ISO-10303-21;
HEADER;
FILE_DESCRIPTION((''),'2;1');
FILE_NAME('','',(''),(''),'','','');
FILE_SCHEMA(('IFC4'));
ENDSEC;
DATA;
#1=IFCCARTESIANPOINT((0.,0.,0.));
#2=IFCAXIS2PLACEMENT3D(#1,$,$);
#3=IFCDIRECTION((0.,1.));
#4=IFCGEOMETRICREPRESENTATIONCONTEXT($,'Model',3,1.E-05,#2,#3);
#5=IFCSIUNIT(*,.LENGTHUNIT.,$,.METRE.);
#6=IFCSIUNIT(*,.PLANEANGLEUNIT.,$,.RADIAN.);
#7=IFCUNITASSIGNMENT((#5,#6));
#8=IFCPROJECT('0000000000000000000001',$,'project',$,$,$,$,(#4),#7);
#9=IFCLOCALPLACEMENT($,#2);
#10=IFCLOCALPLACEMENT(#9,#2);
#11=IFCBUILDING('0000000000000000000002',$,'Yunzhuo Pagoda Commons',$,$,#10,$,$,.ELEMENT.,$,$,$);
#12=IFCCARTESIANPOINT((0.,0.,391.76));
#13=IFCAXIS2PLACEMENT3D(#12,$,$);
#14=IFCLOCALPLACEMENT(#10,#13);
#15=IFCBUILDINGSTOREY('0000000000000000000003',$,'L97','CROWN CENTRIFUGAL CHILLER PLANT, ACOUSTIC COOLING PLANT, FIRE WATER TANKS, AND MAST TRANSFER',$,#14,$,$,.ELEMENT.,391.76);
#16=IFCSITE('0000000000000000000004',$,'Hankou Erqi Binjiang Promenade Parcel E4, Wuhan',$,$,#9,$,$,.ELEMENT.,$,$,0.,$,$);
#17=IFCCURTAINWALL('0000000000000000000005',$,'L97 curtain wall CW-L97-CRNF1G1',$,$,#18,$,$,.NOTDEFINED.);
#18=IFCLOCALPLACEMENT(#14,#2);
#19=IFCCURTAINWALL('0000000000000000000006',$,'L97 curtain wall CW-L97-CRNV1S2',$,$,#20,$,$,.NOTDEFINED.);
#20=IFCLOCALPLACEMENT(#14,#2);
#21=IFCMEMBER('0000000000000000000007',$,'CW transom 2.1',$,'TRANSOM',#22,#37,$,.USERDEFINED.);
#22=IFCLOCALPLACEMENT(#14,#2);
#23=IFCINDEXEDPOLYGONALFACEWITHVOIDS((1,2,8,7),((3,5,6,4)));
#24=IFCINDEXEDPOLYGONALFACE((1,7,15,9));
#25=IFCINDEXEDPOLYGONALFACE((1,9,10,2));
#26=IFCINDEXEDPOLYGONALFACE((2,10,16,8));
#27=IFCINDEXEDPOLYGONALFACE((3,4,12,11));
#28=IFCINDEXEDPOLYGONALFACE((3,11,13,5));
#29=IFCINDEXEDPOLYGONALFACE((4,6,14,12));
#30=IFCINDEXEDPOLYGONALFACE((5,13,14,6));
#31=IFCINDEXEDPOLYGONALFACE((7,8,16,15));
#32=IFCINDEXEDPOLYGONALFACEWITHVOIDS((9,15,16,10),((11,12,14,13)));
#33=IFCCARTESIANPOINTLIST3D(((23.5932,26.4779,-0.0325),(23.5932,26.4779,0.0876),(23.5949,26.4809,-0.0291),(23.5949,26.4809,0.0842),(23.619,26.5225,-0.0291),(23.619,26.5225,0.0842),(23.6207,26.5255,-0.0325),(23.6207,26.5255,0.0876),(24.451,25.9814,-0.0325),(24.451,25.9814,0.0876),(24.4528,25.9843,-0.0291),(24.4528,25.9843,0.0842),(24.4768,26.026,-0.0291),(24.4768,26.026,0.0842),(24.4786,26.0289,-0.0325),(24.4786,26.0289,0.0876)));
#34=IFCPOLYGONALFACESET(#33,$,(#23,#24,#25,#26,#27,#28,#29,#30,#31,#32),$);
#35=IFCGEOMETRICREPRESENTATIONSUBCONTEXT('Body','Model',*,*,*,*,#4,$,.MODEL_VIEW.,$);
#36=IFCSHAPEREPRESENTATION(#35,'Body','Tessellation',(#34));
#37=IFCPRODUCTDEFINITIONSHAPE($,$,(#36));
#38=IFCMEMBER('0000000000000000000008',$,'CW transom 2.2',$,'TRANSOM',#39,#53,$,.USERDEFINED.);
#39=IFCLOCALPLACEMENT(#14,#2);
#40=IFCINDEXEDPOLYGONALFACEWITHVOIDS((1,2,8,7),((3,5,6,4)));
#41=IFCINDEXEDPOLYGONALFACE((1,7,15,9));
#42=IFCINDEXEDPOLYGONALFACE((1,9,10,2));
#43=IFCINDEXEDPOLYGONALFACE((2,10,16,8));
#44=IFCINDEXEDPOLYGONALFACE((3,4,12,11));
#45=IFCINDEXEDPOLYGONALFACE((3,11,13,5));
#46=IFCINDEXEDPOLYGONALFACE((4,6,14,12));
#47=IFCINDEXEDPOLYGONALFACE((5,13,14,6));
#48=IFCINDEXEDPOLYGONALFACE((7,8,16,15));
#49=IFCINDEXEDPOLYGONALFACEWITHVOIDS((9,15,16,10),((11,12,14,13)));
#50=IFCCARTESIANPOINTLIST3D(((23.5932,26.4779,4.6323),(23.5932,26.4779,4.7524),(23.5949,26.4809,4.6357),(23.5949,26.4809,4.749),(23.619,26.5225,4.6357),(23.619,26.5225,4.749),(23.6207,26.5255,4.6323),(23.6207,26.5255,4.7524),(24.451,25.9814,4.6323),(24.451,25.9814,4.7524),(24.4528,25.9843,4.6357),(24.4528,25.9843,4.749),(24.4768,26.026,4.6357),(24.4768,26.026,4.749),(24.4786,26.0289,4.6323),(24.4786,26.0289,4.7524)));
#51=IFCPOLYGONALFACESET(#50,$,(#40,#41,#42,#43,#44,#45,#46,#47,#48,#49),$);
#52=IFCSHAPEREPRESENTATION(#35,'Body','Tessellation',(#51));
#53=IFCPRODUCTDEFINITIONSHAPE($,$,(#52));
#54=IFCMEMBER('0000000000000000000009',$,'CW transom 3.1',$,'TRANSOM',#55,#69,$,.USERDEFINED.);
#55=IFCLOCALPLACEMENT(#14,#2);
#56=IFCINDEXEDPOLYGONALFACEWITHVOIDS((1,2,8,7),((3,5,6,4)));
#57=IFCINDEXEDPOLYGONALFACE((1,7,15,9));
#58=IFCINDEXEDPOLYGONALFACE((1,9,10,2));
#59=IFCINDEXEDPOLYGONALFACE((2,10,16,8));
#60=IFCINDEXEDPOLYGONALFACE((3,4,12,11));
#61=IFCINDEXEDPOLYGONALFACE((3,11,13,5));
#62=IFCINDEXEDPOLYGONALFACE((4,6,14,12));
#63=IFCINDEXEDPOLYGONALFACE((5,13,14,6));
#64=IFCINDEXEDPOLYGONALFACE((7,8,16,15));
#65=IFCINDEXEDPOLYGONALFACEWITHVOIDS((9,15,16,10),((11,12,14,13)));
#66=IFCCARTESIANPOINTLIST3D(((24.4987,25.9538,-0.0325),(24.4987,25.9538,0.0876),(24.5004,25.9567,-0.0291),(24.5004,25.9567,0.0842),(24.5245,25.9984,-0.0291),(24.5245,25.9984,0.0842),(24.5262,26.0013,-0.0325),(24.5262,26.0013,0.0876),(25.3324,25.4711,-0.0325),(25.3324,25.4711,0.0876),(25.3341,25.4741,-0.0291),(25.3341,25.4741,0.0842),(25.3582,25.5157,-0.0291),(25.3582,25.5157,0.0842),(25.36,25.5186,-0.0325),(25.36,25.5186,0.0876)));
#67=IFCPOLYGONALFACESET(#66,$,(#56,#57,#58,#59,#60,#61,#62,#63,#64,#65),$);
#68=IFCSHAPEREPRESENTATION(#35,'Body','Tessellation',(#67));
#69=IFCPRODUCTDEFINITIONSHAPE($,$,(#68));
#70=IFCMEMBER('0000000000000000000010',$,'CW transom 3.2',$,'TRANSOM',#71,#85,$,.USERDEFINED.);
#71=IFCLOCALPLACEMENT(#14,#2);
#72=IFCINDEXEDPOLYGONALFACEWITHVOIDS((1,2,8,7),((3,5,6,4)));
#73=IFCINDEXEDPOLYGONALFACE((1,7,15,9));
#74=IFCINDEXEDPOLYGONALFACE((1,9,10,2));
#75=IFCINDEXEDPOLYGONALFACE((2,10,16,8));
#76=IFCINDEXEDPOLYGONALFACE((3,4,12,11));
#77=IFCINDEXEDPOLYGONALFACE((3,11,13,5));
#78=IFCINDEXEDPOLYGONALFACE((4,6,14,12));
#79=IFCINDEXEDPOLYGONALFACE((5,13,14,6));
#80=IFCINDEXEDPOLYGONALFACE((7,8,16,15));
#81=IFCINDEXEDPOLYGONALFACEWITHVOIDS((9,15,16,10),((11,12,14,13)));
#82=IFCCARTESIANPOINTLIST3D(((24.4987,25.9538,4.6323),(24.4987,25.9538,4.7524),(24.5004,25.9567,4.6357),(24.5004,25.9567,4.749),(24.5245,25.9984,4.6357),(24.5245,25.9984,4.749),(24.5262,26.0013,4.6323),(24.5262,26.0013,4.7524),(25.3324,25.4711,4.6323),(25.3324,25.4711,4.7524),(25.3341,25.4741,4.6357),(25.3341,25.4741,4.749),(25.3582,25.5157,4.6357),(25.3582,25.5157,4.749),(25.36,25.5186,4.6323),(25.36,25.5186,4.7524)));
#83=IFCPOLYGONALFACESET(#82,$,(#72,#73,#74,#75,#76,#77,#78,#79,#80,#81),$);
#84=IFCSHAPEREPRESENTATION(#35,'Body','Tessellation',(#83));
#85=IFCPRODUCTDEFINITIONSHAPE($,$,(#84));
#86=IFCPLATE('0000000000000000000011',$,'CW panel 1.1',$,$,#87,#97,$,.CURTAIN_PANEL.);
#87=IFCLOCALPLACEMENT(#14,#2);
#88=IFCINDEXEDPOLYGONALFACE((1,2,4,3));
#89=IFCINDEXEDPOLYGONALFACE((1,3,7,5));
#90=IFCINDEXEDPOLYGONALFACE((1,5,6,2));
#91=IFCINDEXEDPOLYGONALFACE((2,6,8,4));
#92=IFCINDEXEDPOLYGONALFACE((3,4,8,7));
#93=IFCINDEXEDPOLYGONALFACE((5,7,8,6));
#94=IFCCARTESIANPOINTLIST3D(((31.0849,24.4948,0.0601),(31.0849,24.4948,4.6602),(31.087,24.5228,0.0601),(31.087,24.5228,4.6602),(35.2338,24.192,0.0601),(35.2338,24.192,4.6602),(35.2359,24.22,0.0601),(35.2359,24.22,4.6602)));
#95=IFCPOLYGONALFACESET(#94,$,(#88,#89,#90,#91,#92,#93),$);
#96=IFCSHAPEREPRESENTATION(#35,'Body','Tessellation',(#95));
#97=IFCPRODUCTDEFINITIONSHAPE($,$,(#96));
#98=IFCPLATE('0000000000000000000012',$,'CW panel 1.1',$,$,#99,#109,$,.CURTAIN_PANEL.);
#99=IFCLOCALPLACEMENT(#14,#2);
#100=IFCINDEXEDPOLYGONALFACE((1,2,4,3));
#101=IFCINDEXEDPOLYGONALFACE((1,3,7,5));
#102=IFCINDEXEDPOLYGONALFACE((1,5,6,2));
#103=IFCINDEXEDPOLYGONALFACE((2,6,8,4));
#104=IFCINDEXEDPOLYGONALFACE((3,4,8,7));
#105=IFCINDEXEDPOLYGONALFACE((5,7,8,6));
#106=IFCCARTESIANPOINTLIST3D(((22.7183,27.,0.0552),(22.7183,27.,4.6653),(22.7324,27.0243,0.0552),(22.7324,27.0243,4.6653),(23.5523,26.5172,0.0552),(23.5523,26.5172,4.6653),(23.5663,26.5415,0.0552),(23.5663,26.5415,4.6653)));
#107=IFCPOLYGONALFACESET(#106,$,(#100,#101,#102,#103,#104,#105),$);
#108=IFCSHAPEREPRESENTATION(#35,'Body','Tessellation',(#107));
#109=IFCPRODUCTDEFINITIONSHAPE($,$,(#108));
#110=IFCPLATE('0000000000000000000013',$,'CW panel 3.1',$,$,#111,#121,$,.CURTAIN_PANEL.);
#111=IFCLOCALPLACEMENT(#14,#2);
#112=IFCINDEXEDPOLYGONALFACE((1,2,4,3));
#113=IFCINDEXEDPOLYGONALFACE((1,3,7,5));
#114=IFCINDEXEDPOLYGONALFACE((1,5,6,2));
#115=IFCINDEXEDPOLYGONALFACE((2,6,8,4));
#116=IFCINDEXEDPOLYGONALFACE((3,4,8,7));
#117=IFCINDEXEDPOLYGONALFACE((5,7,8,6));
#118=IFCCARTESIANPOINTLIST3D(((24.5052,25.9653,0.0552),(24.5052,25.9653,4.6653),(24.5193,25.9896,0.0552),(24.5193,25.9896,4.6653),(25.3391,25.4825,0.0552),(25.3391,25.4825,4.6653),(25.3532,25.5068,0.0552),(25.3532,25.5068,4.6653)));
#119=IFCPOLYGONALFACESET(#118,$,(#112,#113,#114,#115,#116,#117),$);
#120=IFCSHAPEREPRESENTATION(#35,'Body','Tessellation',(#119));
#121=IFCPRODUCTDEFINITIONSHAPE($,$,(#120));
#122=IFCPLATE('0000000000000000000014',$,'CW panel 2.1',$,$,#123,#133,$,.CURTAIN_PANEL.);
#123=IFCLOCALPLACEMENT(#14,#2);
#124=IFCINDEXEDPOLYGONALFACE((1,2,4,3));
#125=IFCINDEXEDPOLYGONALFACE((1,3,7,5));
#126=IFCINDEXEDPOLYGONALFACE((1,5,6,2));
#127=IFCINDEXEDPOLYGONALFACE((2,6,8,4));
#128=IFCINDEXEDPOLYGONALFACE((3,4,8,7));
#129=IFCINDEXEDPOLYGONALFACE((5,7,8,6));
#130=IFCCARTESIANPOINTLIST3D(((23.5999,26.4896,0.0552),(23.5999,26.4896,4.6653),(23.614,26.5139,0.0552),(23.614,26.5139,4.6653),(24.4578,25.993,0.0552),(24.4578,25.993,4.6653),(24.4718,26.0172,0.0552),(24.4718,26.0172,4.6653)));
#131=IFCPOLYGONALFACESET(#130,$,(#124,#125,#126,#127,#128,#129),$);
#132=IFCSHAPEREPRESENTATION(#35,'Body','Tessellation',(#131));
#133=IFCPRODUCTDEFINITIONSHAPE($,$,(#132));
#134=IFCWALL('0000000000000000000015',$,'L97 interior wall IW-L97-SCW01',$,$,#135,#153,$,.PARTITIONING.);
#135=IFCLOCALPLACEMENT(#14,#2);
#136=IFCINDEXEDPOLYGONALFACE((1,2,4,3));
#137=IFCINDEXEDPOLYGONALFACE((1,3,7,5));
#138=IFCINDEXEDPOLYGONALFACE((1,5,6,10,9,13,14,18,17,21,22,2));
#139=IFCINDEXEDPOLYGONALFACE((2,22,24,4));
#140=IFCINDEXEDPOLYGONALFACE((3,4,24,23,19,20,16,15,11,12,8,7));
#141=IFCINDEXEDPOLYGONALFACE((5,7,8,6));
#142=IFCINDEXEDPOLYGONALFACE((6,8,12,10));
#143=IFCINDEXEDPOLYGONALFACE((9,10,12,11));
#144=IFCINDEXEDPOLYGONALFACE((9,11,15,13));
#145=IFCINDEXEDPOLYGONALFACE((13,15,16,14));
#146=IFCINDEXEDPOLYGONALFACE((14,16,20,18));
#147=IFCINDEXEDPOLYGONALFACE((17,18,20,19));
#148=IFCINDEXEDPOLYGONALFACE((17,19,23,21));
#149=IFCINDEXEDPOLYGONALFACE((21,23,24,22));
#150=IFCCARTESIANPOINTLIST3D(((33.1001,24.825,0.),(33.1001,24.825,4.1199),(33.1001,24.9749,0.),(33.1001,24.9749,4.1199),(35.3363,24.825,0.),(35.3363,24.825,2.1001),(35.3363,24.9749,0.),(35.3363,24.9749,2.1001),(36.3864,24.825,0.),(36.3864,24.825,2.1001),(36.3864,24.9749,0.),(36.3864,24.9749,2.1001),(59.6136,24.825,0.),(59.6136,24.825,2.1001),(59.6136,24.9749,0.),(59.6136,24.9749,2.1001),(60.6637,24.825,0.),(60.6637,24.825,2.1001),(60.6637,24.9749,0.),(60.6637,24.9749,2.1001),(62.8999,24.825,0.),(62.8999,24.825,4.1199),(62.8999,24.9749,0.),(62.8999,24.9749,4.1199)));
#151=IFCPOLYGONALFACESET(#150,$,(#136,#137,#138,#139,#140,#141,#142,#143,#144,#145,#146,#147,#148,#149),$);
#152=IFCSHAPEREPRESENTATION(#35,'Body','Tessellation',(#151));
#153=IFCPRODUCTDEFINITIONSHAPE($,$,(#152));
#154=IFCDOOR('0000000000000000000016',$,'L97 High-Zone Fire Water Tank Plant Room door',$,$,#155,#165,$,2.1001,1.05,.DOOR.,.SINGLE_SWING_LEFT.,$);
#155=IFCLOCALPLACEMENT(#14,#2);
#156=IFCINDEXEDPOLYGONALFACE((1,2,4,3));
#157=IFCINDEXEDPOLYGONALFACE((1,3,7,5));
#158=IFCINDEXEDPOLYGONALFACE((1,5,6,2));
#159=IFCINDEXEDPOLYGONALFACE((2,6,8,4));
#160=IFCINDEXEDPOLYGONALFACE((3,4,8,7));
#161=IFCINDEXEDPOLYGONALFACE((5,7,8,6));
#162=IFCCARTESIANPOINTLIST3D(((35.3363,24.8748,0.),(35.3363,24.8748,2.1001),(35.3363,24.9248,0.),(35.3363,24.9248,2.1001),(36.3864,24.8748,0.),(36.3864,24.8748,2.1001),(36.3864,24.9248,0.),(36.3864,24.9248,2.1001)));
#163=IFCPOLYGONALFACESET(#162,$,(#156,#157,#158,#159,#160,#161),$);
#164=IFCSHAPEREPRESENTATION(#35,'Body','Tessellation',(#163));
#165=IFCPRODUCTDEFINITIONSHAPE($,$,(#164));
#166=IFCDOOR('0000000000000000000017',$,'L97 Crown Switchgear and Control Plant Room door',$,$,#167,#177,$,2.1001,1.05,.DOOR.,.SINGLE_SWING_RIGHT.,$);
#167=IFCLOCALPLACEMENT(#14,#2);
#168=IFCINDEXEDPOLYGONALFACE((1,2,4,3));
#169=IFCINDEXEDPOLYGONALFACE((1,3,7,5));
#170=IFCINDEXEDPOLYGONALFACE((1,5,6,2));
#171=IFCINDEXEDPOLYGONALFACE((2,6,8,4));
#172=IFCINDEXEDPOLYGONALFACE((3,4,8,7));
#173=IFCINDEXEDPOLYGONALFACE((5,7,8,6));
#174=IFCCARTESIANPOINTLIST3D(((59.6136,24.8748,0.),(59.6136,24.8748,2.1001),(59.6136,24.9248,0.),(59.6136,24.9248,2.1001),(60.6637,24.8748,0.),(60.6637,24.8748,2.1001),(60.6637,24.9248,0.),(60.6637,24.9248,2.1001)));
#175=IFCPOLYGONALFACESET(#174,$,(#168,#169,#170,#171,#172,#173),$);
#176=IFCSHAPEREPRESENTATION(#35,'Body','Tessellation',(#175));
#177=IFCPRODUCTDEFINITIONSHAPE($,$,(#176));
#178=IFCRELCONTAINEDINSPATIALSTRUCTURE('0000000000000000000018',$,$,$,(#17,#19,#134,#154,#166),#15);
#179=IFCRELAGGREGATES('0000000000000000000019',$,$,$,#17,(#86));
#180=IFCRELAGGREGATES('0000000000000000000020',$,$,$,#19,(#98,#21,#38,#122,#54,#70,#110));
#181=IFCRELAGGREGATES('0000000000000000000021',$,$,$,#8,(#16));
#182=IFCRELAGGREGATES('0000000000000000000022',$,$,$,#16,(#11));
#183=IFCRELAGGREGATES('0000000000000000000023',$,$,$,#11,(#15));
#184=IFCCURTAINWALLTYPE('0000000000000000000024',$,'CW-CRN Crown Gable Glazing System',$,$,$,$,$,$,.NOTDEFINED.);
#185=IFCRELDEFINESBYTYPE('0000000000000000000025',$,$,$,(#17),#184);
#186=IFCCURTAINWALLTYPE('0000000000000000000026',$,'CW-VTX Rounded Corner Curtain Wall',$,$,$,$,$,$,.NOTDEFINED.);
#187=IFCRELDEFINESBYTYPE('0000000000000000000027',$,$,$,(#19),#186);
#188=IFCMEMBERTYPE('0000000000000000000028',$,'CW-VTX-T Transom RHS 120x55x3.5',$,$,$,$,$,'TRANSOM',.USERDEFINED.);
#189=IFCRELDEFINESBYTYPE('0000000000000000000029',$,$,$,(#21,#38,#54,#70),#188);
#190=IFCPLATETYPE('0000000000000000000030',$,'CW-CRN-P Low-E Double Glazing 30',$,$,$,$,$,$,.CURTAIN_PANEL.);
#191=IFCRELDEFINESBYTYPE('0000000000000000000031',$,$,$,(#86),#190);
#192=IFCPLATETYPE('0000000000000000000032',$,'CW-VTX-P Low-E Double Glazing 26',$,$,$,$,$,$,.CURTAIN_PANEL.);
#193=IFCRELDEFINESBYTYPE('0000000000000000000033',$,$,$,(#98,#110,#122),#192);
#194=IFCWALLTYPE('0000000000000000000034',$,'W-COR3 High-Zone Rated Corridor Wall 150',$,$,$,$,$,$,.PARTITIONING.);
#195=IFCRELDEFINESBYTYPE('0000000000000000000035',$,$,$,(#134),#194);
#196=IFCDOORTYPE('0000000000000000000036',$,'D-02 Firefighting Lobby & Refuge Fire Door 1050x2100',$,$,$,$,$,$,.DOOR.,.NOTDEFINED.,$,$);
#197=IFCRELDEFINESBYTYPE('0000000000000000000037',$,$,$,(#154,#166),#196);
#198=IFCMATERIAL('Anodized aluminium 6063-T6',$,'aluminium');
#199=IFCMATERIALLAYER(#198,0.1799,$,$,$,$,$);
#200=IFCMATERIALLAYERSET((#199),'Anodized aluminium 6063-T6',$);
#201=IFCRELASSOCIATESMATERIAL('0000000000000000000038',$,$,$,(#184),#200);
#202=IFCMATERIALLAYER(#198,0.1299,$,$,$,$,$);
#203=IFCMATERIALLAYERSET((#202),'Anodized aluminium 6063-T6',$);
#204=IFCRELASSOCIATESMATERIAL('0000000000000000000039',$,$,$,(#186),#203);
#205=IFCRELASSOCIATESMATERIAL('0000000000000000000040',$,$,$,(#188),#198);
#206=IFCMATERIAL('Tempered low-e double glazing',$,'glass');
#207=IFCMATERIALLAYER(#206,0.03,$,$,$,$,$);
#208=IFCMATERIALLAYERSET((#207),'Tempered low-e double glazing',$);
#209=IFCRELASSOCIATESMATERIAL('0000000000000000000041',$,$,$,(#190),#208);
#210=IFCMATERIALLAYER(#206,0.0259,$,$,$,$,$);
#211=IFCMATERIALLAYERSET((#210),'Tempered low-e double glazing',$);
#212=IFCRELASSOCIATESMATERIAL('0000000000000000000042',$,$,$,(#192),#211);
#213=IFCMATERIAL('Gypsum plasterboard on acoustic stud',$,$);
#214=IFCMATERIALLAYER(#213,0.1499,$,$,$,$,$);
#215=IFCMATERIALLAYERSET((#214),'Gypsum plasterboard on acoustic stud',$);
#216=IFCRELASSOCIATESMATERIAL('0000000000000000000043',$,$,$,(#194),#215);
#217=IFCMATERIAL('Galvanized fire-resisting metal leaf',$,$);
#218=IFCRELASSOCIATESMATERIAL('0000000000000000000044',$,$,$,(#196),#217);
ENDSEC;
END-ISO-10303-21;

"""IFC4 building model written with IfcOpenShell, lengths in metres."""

from ifc_helpers import new_model, si_unit, direction, frame, frame_2d, origin, origin_with_axes, origin_2d, place, context, subcontext, project, spatial, rectangle, hollow_rectangle, extrude, source, transform, mapped, material, layer, layer_set, material_profile, profile_set, type_object, element, fill, aggregate, save


model = new_model("IFC4")

# Units and contexts
model_context = context("Model", 3, precision=1e-05, world=origin(), true_north=direction((0.0, 1.0)))
body_context = subcontext(model_context, "Body", "Model", "MODEL_VIEW")
ifc_project = project(units=[si_unit("LENGTHUNIT", "METRE"), si_unit("PLANEANGLEUNIT", "RADIAN")], contexts=[model_context])

# Site, building, storey
site_placement = place(None, origin())
site = spatial("IfcSite", under=ifc_project, at=site_placement, Name="Hankou Erqi Binjiang Promenade Parcel E4, Wuhan", CompositionType="ELEMENT", RefElevation=0.0)
building_placement = place(site_placement, origin())
building = spatial("IfcBuilding", under=site, at=building_placement, Name="Yunzhuo Pagoda Commons", CompositionType="ELEMENT")
storey_placement = place(building_placement, frame((0.0, 0.0, 391.76)))
storey = spatial("IfcBuildingStorey", under=building, at=storey_placement, Name="L97", Description="CROWN CENTRIFUGAL CHILLER PLANT, ACOUSTIC COOLING PLANT, FIRE WATER TANKS, AND MAST TRANSFER", CompositionType="ELEMENT", Elevation=391.76)

# Curtain walls
ifc_material_1 = material(Name="Anodized aluminium 6063-T6", Category="aluminium")
ifc_layer_1 = layer(ifc_material_1, 0.1799)
ifc_layer_set_1 = layer_set([ifc_layer_1], Name="Anodized aluminium 6063-T6")
curtain_wall_type_1 = type_object("IfcCurtainWallType", Name="CW-CRN Crown Gable Glazing System", PredefinedType="NOTDEFINED", material=ifc_layer_set_1)
curtain_wall_1_placement = place(storey_placement, origin())
curtain_wall_1 = element("IfcCurtainWall", 1, at=curtain_wall_1_placement, inside=storey, type_object=curtain_wall_type_1, Name="L97 curtain wall CW-L97-CRNF1G1", PredefinedType="NOTDEFINED")
ifc_layer_2 = layer(ifc_material_1, 0.1299)
ifc_layer_set_2 = layer_set([ifc_layer_2], Name="Anodized aluminium 6063-T6")
curtain_wall_type_2 = type_object("IfcCurtainWallType", Name="CW-VTX Rounded Corner Curtain Wall", PredefinedType="NOTDEFINED", material=ifc_layer_set_2)
curtain_wall_2_placement = place(storey_placement, origin())
curtain_wall_2 = element("IfcCurtainWall", 2, at=curtain_wall_2_placement, inside=storey, type_object=curtain_wall_type_2, Name="L97 curtain wall CW-L97-CRNV1S2", PredefinedType="NOTDEFINED")

# Shared definitions
ifc_material_profile_1 = material_profile(ifc_material_1, hollow_rectangle(XDim=0.0549, YDim=0.1201, WallThickness=0.0034, at=origin_2d()), Name="Anodized aluminium 6063-T6")
ifc_profile_set_1 = profile_set([ifc_material_profile_1], Name="Anodized aluminium 6063-T6")
member_type_1 = type_object("IfcMemberType", Name="CW-VTX-T Transom RHS 120x55x3.5", ElementType="TRANSOM", PredefinedType="USERDEFINED", material=ifc_profile_set_1)

# Members
shared_shape_1 = source(origin(), body_context, "Body", "SweptSolid", [
    extrude(hollow_rectangle(XDim=0.0549, YDim=0.1201, WallThickness=0.0034, at=origin_2d()), origin(), (0.0, 0.0, 1.0), 0.9912),
])
member_1_placement = place(storey_placement, frame((23.6069, 26.5017, 0.0276), z_axis=(0.865471, -0.500959, 0.0), x_axis=(0.500959, 0.865471, 0.0)))
member_1 = element("IfcMember", 3, at=member_1_placement, type_object=member_type_1, Name="CW transom 2.1", ObjectType="TRANSOM", PredefinedType="USERDEFINED", context=body_context, shape_type="MappedRepresentation", body=[
    mapped(shared_shape_1, transform((0.0, 0.0, 0.0), scale=1.0)),
])
member_2_placement = place(storey_placement, frame((23.6069, 26.5017, 4.6924), z_axis=(0.865471, -0.500959, 0.0), x_axis=(0.500959, 0.865471, 0.0)))
member_2 = element("IfcMember", 4, at=member_2_placement, type_object=member_type_1, Name="CW transom 2.2", ObjectType="TRANSOM", PredefinedType="USERDEFINED", context=body_context, shape_type="MappedRepresentation", body=[
    mapped(shared_shape_1, transform((0.0, 0.0, 0.0), scale=1.0)),
])
shared_shape_2 = source(origin(), body_context, "Body", "SweptSolid", [
    extrude(hollow_rectangle(XDim=0.0549, YDim=0.1201, WallThickness=0.0034, at=origin_2d()), origin(), (0.0, 0.0, 1.0), 0.9634),
])
member_3_placement = place(storey_placement, frame((24.5125, 25.9775, 0.0276), z_axis=(0.865438, -0.501016, 0.0), x_axis=(0.501016, 0.865438, 0.0)))
member_3 = element("IfcMember", 5, at=member_3_placement, type_object=member_type_1, Name="CW transom 3.1", ObjectType="TRANSOM", PredefinedType="USERDEFINED", context=body_context, shape_type="MappedRepresentation", body=[
    mapped(shared_shape_2, transform((0.0, 0.0, 0.0), scale=1.0)),
])
member_4_placement = place(storey_placement, frame((24.5125, 25.9775, 4.6924), z_axis=(0.865438, -0.501016, 0.0), x_axis=(0.501016, 0.865438, 0.0)))
member_4 = element("IfcMember", 6, at=member_4_placement, type_object=member_type_1, Name="CW transom 3.2", ObjectType="TRANSOM", PredefinedType="USERDEFINED", context=body_context, shape_type="MappedRepresentation", body=[
    mapped(shared_shape_2, transform((0.0, 0.0, 0.0), scale=1.0)),
])

# Plates
ifc_material_2 = material(Name="Tempered low-e double glazing", Category="glass")
ifc_layer_3 = layer(ifc_material_2, 0.03)
ifc_layer_set_3 = layer_set([ifc_layer_3], Name="Tempered low-e double glazing")
plate_type_1 = type_object("IfcPlateType", Name="CW-CRN-P Low-E Double Glazing 30", PredefinedType="CURTAIN_PANEL", material=ifc_layer_set_3)
shared_shape_3 = source(origin(), body_context, "Body", "SweptSolid", [
    extrude(rectangle(XDim=4.1599, YDim=0.0281, at=origin_2d()), origin(), (0.0, 0.0, 1.0), 4.6001),
])
plate_1_placement = place(storey_placement, frame((33.1604, 24.3574, 0.0601), z_axis=(0.0, 0.0, 1.0), x_axis=(0.997347, -0.072796, 0.0)))
plate_1 = element("IfcPlate", 7, at=plate_1_placement, type_object=plate_type_1, Name="CW panel 1.1", PredefinedType="CURTAIN_PANEL", context=body_context, shape_type="MappedRepresentation", body=[
    mapped(shared_shape_3, transform((0.0, 0.0, 0.0), scale=1.0)),
])
aggregate(curtain_wall_1, [plate_1])
ifc_layer_4 = layer(ifc_material_2, 0.0259)
ifc_layer_set_4 = layer_set([ifc_layer_4], Name="Tempered low-e double glazing")
plate_type_2 = type_object("IfcPlateType", Name="CW-VTX-P Low-E Double Glazing 26", PredefinedType="CURTAIN_PANEL", material=ifc_layer_set_4)
shared_shape_4 = source(origin(), body_context, "Body", "SweptSolid", [
    extrude(rectangle(XDim=0.9636, YDim=0.0281, at=origin_2d()), origin(), (0.0, 0.0, 1.0), 4.6101),
])
plate_2_placement = place(storey_placement, frame((23.1423, 26.7708, 0.0552), z_axis=(0.0, 0.0, 1.0), x_axis=(0.865423, -0.501041, 0.0)))
plate_2 = element("IfcPlate", 8, at=plate_2_placement, type_object=plate_type_2, Name="CW panel 1.1", PredefinedType="CURTAIN_PANEL", context=body_context, shape_type="MappedRepresentation", body=[
    mapped(shared_shape_4, transform((0.0, 0.0, 0.0), scale=1.0)),
])
plate_3_placement = place(storey_placement, frame((24.9292, 25.7361, 0.0552), z_axis=(0.0, 0.0, 1.0), x_axis=(0.865423, -0.501041, 0.0)))
plate_3 = element("IfcPlate", 9, at=plate_3_placement, type_object=plate_type_2, Name="CW panel 3.1", PredefinedType="CURTAIN_PANEL", context=body_context, shape_type="MappedRepresentation", body=[
    mapped(shared_shape_4, transform((0.0, 0.0, 0.0), scale=1.0)),
])
shared_shape_5 = source(origin(), body_context, "Body", "SweptSolid", [
    extrude(rectangle(XDim=0.9912, YDim=0.0281, at=origin_2d()), origin(), (0.0, 0.0, 1.0), 4.6101),
])
plate_4_placement = place(storey_placement, frame((24.0359, 26.2534, 0.0552), z_axis=(0.0, 0.0, 1.0), x_axis=(0.865423, -0.501041, 0.0)))
plate_4 = element("IfcPlate", 10, at=plate_4_placement, type_object=plate_type_2, Name="CW panel 2.1", PredefinedType="CURTAIN_PANEL", context=body_context, shape_type="MappedRepresentation", body=[
    mapped(shared_shape_5, transform((0.0, 0.0, 0.0), scale=1.0)),
])
aggregate(curtain_wall_2, [plate_2, member_1, member_2, plate_4, member_3, member_4, plate_3])

# Wall, openings, doors
ifc_material_3 = material(Name="Gypsum plasterboard on acoustic stud")
ifc_layer_5 = layer(ifc_material_3, 0.1499)
ifc_layer_set_5 = layer_set([ifc_layer_5], Name="Gypsum plasterboard on acoustic stud")
wall_type = type_object("IfcWallType", Name="W-COR3 High-Zone Rated Corridor Wall 150", PredefinedType="PARTITIONING", material=ifc_layer_set_5)
wall_placement = place(storey_placement, frame((33.1001, 24.8999, 0.0), z_axis=(0.0, 0.0, 1.0), x_axis=(1.0, 0.0, 0.0)))
wall = element("IfcWall", 11, at=wall_placement, inside=storey, type_object=wall_type, Name="L97 interior wall IW-L97-SCW01", PredefinedType="PARTITIONING", context=body_context, shape_type="SweptSolid", body=[
    extrude(rectangle(XDim=29.7998, YDim=0.1499, at=frame_2d((14.8999, 0.0))), origin(), (0.0, 0.0, 1.0), 4.1199),
])
opening_1_placement = place(wall_placement, frame((2.2363, 0.0, 0.0)))
opening_1 = element("IfcOpeningElement", 12, at=opening_1_placement, cuts=wall, PredefinedType="OPENING", context=body_context, shape_type="SweptSolid", body=[
    extrude(rectangle(XDim=1.05, YDim=2.1001, at=frame_2d((0.5249, 1.05))), frame((0.0, 0.085, 0.0), z_axis=(0.0, -1.0, 0.0), x_axis=(1.0, 0.0, 0.0)), (0.0, 0.0, 1.0), 0.1699),
])
opening_2_placement = place(wall_placement, frame((26.5137, 0.0, 0.0)))
opening_2 = element("IfcOpeningElement", 13, at=opening_2_placement, cuts=wall, PredefinedType="OPENING", context=body_context, shape_type="SweptSolid", body=[
    extrude(rectangle(XDim=1.05, YDim=2.1001, at=frame_2d((0.5249, 1.05))), frame((0.0, 0.085, 0.0), z_axis=(0.0, -1.0, 0.0), x_axis=(1.0, 0.0, 0.0)), (0.0, 0.0, 1.0), 0.1699),
])
ifc_material_4 = material(Name="Galvanized fire-resisting metal leaf")
door_type = type_object("IfcDoorType", Name="D-02 Firefighting Lobby & Refuge Fire Door 1050x2100", OperationType="NOTDEFINED", PredefinedType="DOOR", material=ifc_material_4)
shared_shape_6 = source(origin(), body_context, "Body", "SweptSolid", [
    extrude(rectangle(XDim=1.05, YDim=2.1001, at=frame_2d((0.5249, 1.05))), frame((0.0, 0.0249, 0.0), z_axis=(0.0, -1.0, 0.0), x_axis=(1.0, 0.0, 0.0)), (0.0, 0.0, 1.0), 0.05),
])
door_1_placement = place(opening_1_placement, origin_with_axes())
door_1 = element("IfcDoor", 14, at=door_1_placement, inside=storey, type_object=door_type, Name="L97 High-Zone Fire Water Tank Plant Room door", OperationType="SINGLE_SWING_LEFT", OverallHeight=2.1001, OverallWidth=1.05, PredefinedType="DOOR", context=body_context, shape_type="MappedRepresentation", body=[
    mapped(shared_shape_6, transform((0.0, 0.0, 0.0), scale=1.0)),
])
fill(opening_1, door_1)
door_2_placement = place(opening_2_placement, origin_with_axes())
door_2 = element("IfcDoor", 15, at=door_2_placement, inside=storey, type_object=door_type, Name="L97 Crown Switchgear and Control Plant Room door", OperationType="SINGLE_SWING_RIGHT", OverallHeight=2.1001, OverallWidth=1.05, PredefinedType="DOOR", context=body_context, shape_type="MappedRepresentation", body=[
    mapped(shared_shape_6, transform((0.0, 0.0, 0.0), scale=1.0)),
])
fill(opening_2, door_2)

save(model, "model.ifc")
